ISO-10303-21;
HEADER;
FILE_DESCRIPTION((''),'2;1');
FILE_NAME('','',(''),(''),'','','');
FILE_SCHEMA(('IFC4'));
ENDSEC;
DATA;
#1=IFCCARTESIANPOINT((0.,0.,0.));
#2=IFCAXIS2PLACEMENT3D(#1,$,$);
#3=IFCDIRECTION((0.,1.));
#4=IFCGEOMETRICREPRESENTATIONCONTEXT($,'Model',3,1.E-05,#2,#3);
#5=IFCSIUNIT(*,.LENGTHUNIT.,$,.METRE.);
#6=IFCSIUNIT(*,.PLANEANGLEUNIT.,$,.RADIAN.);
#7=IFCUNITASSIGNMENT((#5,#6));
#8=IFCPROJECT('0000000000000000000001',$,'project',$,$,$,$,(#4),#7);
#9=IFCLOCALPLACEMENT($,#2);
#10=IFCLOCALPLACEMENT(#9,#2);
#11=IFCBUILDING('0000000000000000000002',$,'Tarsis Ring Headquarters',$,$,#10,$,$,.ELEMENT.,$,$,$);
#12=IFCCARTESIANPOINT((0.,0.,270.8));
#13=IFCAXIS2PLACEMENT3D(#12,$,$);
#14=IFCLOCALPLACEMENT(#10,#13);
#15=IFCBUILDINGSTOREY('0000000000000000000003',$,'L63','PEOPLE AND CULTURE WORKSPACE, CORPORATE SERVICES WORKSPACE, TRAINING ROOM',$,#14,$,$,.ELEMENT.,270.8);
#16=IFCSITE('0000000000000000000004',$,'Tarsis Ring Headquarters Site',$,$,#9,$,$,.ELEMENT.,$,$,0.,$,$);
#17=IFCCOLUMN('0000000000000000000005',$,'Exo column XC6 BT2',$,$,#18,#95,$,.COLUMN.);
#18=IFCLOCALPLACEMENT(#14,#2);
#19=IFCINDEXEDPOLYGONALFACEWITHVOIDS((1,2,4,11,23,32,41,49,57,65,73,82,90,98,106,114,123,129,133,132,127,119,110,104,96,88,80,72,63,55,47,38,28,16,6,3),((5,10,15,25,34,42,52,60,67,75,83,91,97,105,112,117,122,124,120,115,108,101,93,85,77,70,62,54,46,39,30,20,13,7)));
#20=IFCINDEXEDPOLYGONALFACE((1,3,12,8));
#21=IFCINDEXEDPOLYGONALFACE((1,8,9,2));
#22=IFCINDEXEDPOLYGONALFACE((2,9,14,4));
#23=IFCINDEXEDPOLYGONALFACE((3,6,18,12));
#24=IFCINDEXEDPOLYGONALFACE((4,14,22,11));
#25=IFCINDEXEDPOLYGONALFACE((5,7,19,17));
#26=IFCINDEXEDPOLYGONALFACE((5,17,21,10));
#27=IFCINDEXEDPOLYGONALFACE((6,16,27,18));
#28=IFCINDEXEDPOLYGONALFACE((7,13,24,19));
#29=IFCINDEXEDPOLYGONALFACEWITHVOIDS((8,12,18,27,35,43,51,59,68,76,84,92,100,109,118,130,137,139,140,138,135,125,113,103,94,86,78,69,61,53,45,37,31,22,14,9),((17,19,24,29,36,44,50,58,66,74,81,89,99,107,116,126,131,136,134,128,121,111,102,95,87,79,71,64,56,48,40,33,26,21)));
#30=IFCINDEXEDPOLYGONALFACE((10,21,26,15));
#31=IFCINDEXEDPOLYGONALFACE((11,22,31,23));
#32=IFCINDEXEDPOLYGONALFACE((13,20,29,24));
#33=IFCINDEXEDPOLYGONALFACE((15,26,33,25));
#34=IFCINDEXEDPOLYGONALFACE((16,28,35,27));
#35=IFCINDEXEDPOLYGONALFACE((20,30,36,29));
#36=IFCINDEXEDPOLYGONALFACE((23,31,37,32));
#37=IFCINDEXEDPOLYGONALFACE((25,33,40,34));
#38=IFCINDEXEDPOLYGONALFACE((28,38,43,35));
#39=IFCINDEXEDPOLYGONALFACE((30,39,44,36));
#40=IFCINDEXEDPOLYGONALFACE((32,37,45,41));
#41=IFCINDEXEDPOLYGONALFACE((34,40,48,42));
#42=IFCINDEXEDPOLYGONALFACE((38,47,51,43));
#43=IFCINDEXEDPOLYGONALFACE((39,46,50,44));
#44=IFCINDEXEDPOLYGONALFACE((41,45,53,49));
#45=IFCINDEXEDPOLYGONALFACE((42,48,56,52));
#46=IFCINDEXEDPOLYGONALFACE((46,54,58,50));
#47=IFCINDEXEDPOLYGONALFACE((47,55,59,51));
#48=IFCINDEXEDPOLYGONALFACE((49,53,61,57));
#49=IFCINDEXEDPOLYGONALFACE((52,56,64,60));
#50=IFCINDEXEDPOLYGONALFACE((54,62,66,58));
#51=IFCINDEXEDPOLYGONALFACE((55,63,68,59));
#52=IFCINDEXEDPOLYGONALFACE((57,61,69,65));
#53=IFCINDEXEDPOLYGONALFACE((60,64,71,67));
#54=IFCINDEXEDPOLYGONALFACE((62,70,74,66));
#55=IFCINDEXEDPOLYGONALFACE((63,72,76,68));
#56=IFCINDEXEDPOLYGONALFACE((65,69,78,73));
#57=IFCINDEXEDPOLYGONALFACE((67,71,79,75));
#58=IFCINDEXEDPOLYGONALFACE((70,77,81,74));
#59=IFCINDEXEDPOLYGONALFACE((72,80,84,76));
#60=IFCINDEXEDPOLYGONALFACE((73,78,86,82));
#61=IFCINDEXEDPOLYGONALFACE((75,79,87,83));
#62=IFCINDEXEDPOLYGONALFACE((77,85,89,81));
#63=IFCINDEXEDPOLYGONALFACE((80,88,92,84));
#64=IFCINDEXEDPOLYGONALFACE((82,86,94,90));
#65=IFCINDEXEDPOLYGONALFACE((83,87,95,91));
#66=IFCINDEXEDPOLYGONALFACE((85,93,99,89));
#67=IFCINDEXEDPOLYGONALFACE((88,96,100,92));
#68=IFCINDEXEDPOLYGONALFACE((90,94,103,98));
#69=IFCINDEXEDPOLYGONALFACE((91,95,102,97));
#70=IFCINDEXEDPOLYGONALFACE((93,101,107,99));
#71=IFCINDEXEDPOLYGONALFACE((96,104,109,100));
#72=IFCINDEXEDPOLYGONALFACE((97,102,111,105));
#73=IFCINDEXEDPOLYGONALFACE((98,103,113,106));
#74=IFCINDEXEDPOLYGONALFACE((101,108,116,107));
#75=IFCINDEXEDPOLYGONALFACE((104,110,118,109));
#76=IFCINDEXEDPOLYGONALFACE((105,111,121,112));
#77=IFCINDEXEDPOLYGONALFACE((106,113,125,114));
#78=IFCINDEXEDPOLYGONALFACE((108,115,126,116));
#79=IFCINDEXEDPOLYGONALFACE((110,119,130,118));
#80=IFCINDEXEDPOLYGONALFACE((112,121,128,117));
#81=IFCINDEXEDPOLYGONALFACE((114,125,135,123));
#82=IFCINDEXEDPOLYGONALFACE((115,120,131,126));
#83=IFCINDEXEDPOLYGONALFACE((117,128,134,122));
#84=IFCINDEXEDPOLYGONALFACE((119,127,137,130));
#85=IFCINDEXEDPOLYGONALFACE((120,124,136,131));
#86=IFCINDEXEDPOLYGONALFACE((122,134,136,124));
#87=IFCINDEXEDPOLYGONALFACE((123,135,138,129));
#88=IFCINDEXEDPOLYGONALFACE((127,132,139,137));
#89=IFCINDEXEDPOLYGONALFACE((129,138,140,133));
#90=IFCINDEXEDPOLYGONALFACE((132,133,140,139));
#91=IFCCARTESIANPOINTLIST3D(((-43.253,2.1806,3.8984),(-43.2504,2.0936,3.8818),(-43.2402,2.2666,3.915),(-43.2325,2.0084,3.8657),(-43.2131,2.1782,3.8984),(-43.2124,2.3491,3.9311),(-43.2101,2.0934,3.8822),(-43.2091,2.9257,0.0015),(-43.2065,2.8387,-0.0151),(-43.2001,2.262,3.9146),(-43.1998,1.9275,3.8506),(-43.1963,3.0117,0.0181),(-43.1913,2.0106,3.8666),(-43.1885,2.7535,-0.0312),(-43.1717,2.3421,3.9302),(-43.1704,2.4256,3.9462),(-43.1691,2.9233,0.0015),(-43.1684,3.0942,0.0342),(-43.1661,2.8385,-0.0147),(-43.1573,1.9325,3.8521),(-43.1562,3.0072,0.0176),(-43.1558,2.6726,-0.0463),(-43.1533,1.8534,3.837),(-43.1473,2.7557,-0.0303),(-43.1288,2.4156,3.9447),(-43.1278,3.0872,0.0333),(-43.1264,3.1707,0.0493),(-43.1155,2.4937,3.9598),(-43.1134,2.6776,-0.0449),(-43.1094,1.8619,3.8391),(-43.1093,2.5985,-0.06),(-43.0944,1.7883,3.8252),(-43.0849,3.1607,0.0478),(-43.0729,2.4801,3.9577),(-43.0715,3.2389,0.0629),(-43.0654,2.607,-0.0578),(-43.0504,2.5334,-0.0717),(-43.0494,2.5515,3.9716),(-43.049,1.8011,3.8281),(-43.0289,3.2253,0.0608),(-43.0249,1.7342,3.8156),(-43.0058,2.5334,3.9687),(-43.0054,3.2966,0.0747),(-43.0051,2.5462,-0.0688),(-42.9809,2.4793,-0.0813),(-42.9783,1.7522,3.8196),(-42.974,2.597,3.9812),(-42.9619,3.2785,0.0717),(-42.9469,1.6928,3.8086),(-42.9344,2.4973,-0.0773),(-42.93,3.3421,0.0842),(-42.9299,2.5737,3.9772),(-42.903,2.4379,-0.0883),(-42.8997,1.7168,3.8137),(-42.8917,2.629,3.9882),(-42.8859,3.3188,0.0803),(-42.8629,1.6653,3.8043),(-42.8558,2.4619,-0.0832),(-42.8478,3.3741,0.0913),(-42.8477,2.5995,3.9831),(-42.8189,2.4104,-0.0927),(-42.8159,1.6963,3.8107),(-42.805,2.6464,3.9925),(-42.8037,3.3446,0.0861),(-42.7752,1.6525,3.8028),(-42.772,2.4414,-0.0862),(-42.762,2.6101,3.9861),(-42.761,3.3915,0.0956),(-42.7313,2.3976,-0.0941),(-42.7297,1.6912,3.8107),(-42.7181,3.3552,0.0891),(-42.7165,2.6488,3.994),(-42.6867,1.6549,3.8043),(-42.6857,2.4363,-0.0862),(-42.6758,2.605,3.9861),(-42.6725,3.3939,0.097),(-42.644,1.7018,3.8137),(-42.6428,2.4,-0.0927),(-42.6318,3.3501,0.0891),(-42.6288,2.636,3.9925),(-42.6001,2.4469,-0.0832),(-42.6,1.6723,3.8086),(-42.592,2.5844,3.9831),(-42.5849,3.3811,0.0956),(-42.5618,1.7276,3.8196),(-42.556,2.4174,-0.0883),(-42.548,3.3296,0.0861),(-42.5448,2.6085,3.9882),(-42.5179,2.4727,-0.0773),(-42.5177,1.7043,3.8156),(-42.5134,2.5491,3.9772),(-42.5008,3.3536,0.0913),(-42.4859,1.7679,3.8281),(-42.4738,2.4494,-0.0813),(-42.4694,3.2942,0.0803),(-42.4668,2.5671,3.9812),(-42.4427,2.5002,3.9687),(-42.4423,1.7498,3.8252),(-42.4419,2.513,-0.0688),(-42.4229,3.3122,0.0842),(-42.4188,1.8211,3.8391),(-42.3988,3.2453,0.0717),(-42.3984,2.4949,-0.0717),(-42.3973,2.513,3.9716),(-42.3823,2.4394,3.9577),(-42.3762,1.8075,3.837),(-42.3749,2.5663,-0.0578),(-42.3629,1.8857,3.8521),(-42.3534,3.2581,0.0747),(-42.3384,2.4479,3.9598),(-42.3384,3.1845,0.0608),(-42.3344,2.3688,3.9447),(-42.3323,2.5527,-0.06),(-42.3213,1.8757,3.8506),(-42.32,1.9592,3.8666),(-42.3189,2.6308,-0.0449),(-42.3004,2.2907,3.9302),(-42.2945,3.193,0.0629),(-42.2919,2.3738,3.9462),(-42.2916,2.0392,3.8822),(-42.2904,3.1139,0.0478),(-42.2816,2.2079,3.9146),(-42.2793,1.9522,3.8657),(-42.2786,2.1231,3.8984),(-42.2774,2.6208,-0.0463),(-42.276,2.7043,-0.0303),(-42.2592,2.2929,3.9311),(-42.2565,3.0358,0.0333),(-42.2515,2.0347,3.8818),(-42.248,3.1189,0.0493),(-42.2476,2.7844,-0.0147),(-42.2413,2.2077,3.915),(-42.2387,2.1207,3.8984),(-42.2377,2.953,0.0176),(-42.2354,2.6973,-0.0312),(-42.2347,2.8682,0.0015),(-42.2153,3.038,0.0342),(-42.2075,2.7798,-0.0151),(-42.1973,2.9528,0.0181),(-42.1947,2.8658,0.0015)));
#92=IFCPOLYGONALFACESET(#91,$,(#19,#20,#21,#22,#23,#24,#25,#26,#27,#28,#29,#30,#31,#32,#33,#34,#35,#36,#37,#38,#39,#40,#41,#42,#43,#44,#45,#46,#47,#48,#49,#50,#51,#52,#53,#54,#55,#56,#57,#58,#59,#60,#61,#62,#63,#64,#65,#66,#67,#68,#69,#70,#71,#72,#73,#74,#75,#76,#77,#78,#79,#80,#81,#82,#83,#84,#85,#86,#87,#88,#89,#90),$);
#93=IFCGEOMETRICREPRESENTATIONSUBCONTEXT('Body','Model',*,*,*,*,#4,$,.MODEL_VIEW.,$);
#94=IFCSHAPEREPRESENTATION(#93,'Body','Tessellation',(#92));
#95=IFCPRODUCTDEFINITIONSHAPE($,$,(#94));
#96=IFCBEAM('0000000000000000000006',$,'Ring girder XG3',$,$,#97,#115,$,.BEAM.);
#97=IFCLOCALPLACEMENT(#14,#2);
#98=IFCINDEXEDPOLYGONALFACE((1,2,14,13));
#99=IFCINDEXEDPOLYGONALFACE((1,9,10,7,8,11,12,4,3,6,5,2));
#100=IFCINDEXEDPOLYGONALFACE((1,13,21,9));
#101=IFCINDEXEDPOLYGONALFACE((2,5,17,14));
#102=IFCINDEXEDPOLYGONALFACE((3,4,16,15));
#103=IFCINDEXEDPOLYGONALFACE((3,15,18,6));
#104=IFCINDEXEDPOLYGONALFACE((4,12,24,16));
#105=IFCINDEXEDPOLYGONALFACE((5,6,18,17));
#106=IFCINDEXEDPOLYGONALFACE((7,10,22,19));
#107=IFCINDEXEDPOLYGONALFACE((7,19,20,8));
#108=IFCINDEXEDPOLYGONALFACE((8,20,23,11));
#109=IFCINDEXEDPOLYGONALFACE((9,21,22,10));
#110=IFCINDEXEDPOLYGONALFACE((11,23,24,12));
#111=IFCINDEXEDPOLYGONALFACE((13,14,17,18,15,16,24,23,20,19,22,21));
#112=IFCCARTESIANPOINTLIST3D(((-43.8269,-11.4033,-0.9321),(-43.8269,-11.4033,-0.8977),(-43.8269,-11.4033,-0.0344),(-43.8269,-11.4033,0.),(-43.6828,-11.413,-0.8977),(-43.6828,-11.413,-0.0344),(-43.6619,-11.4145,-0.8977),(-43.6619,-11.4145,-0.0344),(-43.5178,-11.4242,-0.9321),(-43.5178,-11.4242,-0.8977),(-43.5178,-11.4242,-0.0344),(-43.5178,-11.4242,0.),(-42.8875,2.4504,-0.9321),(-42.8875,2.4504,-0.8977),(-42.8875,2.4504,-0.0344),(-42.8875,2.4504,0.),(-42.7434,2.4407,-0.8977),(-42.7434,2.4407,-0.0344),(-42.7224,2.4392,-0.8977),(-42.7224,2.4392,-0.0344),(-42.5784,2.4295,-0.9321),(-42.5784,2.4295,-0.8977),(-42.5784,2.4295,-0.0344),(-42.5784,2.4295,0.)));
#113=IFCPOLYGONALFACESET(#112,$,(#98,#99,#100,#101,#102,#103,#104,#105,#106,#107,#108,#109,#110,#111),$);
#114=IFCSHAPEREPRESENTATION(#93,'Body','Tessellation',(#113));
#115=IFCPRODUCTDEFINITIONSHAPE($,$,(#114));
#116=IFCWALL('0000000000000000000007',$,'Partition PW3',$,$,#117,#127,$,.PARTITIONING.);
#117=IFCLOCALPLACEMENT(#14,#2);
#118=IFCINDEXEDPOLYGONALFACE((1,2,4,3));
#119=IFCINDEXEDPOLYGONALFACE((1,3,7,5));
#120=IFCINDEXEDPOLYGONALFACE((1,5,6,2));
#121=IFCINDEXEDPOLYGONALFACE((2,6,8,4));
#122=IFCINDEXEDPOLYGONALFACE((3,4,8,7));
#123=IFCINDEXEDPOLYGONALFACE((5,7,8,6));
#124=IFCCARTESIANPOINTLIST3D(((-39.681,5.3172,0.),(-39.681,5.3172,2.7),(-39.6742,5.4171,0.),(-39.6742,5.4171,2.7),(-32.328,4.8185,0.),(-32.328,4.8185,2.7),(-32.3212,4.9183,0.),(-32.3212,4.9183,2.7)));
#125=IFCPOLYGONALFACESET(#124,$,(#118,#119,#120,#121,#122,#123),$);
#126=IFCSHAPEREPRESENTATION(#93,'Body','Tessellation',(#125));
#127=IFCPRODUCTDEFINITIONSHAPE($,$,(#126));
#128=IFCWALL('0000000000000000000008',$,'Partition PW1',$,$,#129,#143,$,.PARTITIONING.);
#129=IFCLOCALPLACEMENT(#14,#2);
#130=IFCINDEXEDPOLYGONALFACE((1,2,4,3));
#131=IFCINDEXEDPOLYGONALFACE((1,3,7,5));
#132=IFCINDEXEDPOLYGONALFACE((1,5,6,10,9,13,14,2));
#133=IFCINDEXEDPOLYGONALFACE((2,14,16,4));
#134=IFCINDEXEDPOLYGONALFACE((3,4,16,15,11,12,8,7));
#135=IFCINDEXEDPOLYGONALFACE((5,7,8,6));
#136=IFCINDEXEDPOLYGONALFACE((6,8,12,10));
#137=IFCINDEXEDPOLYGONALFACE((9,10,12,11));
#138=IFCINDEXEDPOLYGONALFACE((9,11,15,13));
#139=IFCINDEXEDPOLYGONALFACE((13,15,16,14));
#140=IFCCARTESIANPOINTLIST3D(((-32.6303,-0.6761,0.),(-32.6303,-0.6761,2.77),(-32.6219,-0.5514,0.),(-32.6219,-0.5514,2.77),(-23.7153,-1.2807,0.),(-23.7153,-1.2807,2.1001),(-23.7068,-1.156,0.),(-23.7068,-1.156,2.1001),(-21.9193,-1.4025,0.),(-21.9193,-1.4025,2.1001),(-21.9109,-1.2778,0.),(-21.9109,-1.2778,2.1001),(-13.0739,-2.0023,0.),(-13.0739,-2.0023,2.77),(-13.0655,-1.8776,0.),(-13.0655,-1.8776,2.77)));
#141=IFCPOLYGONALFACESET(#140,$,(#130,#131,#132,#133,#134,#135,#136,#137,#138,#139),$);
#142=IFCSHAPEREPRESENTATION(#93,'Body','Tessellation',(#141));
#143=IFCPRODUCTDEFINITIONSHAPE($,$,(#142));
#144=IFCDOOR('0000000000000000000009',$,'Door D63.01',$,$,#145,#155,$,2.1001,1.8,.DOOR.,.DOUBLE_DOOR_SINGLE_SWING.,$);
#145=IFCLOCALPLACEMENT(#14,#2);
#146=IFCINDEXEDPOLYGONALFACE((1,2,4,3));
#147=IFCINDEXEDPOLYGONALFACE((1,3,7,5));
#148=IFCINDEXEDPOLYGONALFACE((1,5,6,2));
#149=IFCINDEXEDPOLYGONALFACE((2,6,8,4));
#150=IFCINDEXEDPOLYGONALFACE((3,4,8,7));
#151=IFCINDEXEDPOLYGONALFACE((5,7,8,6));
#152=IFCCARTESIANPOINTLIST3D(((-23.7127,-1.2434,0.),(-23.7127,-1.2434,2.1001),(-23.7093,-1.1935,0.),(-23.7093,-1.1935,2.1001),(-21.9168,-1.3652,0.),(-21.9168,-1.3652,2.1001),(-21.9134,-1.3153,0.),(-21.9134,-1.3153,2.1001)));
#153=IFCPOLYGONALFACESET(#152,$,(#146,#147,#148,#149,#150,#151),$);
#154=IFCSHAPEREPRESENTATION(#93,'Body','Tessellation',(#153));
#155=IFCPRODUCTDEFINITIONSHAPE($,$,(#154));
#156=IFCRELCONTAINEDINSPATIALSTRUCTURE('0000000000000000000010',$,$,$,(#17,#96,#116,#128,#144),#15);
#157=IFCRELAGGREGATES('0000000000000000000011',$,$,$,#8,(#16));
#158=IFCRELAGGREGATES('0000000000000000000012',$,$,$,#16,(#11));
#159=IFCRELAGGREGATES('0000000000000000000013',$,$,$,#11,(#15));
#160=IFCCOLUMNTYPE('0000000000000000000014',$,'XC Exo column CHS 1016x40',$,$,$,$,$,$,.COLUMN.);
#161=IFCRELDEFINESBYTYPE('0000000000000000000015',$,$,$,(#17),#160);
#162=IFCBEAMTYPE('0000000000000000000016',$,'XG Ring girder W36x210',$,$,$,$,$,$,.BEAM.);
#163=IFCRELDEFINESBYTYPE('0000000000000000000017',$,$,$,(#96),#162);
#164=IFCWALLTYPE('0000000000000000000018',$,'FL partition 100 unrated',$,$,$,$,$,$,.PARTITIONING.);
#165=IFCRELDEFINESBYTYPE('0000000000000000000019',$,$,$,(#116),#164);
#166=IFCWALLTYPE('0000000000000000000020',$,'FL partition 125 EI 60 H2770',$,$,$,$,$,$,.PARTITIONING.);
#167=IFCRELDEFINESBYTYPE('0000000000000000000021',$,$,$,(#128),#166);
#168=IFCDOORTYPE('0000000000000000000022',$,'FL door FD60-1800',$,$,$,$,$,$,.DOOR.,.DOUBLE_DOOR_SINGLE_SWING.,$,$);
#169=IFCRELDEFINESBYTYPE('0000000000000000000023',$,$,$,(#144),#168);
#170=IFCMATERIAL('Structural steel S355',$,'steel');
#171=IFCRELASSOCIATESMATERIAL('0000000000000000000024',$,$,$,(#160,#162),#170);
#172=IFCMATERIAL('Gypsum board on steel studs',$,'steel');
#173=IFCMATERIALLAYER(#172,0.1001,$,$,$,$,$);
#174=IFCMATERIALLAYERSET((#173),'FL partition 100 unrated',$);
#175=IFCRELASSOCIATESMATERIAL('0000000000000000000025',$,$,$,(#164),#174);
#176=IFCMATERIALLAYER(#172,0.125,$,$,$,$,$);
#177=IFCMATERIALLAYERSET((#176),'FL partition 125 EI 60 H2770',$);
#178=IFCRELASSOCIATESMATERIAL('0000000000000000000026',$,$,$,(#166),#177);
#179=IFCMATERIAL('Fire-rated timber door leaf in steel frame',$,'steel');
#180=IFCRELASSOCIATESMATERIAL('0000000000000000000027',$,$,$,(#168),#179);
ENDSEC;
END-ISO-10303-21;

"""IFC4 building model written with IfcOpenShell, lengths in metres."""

from ifc_helpers import new_model, si_unit, direction, frame, frame_2d, origin, origin_2d, place, context, subcontext, project, spatial, rectangle, hollow_circle, i_section, extrude, material, layer, layer_set, material_profile, profile_set, type_object, element, fill, save


model = new_model("IFC4")

# Units and contexts
model_context = context("Model", 3, precision=1e-05, world=origin(), true_north=direction((0.0, 1.0)))
body_context = subcontext(model_context, "Body", "Model", "MODEL_VIEW")
ifc_project = project(units=[si_unit("LENGTHUNIT", "METRE"), si_unit("PLANEANGLEUNIT", "RADIAN")], contexts=[model_context])

# Site, building, storey
site_placement = place(None, origin())
site = spatial("IfcSite", under=ifc_project, at=site_placement, Name="Tarsis Ring Headquarters Site", CompositionType="ELEMENT", RefElevation=0.0)
building_placement = place(site_placement, origin())
building = spatial("IfcBuilding", under=site, at=building_placement, Name="Tarsis Ring Headquarters", CompositionType="ELEMENT")
storey_placement = place(building_placement, frame((0.0, 0.0, 270.8)))
storey = spatial("IfcBuildingStorey", under=building, at=storey_placement, Name="L63", Description="PEOPLE AND CULTURE WORKSPACE, CORPORATE SERVICES WORKSPACE, TRAINING ROOM", CompositionType="ELEMENT", Elevation=270.8)

# Column
ifc_material_1 = material(Name="Structural steel S355", Category="steel")
ifc_material_profile_1 = material_profile(ifc_material_1, hollow_circle(Radius=0.5081, WallThickness=0.04, at=origin_2d()), Name="CHS 1016x40")
ifc_profile_set_1 = profile_set([ifc_material_profile_1], Name="Structural steel S355")
column_type = type_object("IfcColumnType", Name="XC Exo column CHS 1016x40", PredefinedType="COLUMN", material=ifc_profile_set_1)
column_placement = place(storey_placement, frame((-42.7019, 2.8958, 0.0015), z_axis=(-0.011075, -0.18779, 0.982147), x_axis=(0.998265, -0.058875, 0.0)))
element("IfcColumn", 1, at=column_placement, inside=storey, type_object=column_type, Name="Exo column XC6 BT2", PredefinedType="COLUMN", context=body_context, shape_type="SweptSolid", body=[
    extrude(hollow_circle(Radius=0.5081, WallThickness=0.04, at=origin_2d()), origin(), (0.0, 0.0, 1.0), 3.9678),
])

# Beam
ifc_material_profile_2 = material_profile(ifc_material_1, i_section(OverallWidth=0.3098, OverallDepth=0.9321, WebThickness=0.021, FlangeThickness=0.0344, at=origin_2d()), Name="W36x210")
ifc_profile_set_2 = profile_set([ifc_material_profile_2], Name="Structural steel S355")
beam_type = type_object("IfcBeamType", Name="XG Ring girder W36x210", PredefinedType="BEAM", material=ifc_profile_set_2)
beam_placement = place(storey_placement, frame((-42.7329, 2.4399, -0.4661), z_axis=(-0.067657, -0.997709, 0.0), x_axis=(0.997709, -0.067657, 0.0)))
element("IfcBeam", 2, at=beam_placement, inside=storey, type_object=beam_type, Name="Ring girder XG3", PredefinedType="BEAM", context=body_context, shape_type="SweptSolid", body=[
    extrude(i_section(OverallWidth=0.3098, OverallDepth=0.9321, WebThickness=0.021, FlangeThickness=0.0344, at=origin_2d()), origin(), (0.0, 0.0, 1.0), 13.8855),
])

# Wall
ifc_material_2 = material(Name="Gypsum board on steel studs", Category="steel")
ifc_layer_1 = layer(ifc_material_2, 0.1001)
ifc_layer_set_1 = layer_set([ifc_layer_1], Name="FL partition 100 unrated")
wall_type_1 = type_object("IfcWallType", Name="FL partition 100 unrated", PredefinedType="PARTITIONING", material=ifc_layer_set_1)
wall_1_placement = place(storey_placement, frame((-39.6777, 5.3672, 0.0), z_axis=(0.0, 0.0, 1.0), x_axis=(0.997707, -0.067678, 0.0)))
element("IfcWall", 3, at=wall_1_placement, inside=storey, type_object=wall_type_1, Name="Partition PW3", PredefinedType="PARTITIONING", context=body_context, shape_type="SweptSolid", body=[
    extrude(rectangle(XDim=7.3699, YDim=0.1001, at=frame_2d((3.6851, 0.0))), origin(), (0.0, 0.0, 1.0), 2.7),
])

# Wall, opening, door
ifc_layer_2 = layer(ifc_material_2, 0.125)
ifc_layer_set_2 = layer_set([ifc_layer_2], Name="FL partition 125 EI 60 H2770")
wall_type_2 = type_object("IfcWallType", Name="FL partition 125 EI 60 H2770", PredefinedType="PARTITIONING", material=ifc_layer_set_2)
wall_2_placement = place(storey_placement, frame((-32.6262, -0.6138, 0.0), z_axis=(0.0, 0.0, 1.0), x_axis=(0.997709, -0.067657, 0.0)))
wall_2 = element("IfcWall", 4, at=wall_2_placement, inside=storey, type_object=wall_type_2, Name="Partition PW1", PredefinedType="PARTITIONING", context=body_context, shape_type="SweptSolid", body=[
    extrude(rectangle(XDim=19.6013, YDim=0.125, at=frame_2d((9.8008, 0.0))), origin(), (0.0, 0.0, 1.0), 2.77),
])
opening_1_placement = place(wall_2_placement, frame((8.9358, 0.0, 0.0)))
opening_1 = element("IfcOpeningElement", 5, at=opening_1_placement, cuts=wall_2, PredefinedType="OPENING", context=body_context, shape_type="SweptSolid", body=[
    extrude(rectangle(XDim=1.8, YDim=2.1001, at=frame_2d((0.8999, 1.05))), frame((0.0, 0.0725, 0.0), z_axis=(0.0, -1.0, 0.0), x_axis=(1.0, 0.0, 0.0)), (0.0, 0.0, 1.0), 0.145),
])
ifc_material_3 = material(Name="Fire-rated timber door leaf in steel frame", Category="steel")
door_type_1 = type_object("IfcDoorType", Name="FL door FD60-1800", OperationType="DOUBLE_DOOR_SINGLE_SWING", PredefinedType="DOOR", material=ifc_material_3)
door_1_placement = place(opening_1_placement, origin())
door_1 = element("IfcDoor", 6, at=door_1_placement, inside=storey, type_object=door_type_1, Name="Door D63.01", OperationType="DOUBLE_DOOR_SINGLE_SWING", OverallHeight=2.1001, OverallWidth=1.8, PredefinedType="DOOR", context=body_context, shape_type="SweptSolid", body=[
    extrude(rectangle(XDim=1.8, YDim=2.1001, at=frame_2d((0.8999, 1.05))), frame((0.0, 0.0249, 0.0), z_axis=(0.0, -1.0, 0.0), x_axis=(1.0, 0.0, 0.0)), (0.0, 0.0, 1.0), 0.05),
])
fill(opening_1, door_1)

save(model, "model.ifc")
